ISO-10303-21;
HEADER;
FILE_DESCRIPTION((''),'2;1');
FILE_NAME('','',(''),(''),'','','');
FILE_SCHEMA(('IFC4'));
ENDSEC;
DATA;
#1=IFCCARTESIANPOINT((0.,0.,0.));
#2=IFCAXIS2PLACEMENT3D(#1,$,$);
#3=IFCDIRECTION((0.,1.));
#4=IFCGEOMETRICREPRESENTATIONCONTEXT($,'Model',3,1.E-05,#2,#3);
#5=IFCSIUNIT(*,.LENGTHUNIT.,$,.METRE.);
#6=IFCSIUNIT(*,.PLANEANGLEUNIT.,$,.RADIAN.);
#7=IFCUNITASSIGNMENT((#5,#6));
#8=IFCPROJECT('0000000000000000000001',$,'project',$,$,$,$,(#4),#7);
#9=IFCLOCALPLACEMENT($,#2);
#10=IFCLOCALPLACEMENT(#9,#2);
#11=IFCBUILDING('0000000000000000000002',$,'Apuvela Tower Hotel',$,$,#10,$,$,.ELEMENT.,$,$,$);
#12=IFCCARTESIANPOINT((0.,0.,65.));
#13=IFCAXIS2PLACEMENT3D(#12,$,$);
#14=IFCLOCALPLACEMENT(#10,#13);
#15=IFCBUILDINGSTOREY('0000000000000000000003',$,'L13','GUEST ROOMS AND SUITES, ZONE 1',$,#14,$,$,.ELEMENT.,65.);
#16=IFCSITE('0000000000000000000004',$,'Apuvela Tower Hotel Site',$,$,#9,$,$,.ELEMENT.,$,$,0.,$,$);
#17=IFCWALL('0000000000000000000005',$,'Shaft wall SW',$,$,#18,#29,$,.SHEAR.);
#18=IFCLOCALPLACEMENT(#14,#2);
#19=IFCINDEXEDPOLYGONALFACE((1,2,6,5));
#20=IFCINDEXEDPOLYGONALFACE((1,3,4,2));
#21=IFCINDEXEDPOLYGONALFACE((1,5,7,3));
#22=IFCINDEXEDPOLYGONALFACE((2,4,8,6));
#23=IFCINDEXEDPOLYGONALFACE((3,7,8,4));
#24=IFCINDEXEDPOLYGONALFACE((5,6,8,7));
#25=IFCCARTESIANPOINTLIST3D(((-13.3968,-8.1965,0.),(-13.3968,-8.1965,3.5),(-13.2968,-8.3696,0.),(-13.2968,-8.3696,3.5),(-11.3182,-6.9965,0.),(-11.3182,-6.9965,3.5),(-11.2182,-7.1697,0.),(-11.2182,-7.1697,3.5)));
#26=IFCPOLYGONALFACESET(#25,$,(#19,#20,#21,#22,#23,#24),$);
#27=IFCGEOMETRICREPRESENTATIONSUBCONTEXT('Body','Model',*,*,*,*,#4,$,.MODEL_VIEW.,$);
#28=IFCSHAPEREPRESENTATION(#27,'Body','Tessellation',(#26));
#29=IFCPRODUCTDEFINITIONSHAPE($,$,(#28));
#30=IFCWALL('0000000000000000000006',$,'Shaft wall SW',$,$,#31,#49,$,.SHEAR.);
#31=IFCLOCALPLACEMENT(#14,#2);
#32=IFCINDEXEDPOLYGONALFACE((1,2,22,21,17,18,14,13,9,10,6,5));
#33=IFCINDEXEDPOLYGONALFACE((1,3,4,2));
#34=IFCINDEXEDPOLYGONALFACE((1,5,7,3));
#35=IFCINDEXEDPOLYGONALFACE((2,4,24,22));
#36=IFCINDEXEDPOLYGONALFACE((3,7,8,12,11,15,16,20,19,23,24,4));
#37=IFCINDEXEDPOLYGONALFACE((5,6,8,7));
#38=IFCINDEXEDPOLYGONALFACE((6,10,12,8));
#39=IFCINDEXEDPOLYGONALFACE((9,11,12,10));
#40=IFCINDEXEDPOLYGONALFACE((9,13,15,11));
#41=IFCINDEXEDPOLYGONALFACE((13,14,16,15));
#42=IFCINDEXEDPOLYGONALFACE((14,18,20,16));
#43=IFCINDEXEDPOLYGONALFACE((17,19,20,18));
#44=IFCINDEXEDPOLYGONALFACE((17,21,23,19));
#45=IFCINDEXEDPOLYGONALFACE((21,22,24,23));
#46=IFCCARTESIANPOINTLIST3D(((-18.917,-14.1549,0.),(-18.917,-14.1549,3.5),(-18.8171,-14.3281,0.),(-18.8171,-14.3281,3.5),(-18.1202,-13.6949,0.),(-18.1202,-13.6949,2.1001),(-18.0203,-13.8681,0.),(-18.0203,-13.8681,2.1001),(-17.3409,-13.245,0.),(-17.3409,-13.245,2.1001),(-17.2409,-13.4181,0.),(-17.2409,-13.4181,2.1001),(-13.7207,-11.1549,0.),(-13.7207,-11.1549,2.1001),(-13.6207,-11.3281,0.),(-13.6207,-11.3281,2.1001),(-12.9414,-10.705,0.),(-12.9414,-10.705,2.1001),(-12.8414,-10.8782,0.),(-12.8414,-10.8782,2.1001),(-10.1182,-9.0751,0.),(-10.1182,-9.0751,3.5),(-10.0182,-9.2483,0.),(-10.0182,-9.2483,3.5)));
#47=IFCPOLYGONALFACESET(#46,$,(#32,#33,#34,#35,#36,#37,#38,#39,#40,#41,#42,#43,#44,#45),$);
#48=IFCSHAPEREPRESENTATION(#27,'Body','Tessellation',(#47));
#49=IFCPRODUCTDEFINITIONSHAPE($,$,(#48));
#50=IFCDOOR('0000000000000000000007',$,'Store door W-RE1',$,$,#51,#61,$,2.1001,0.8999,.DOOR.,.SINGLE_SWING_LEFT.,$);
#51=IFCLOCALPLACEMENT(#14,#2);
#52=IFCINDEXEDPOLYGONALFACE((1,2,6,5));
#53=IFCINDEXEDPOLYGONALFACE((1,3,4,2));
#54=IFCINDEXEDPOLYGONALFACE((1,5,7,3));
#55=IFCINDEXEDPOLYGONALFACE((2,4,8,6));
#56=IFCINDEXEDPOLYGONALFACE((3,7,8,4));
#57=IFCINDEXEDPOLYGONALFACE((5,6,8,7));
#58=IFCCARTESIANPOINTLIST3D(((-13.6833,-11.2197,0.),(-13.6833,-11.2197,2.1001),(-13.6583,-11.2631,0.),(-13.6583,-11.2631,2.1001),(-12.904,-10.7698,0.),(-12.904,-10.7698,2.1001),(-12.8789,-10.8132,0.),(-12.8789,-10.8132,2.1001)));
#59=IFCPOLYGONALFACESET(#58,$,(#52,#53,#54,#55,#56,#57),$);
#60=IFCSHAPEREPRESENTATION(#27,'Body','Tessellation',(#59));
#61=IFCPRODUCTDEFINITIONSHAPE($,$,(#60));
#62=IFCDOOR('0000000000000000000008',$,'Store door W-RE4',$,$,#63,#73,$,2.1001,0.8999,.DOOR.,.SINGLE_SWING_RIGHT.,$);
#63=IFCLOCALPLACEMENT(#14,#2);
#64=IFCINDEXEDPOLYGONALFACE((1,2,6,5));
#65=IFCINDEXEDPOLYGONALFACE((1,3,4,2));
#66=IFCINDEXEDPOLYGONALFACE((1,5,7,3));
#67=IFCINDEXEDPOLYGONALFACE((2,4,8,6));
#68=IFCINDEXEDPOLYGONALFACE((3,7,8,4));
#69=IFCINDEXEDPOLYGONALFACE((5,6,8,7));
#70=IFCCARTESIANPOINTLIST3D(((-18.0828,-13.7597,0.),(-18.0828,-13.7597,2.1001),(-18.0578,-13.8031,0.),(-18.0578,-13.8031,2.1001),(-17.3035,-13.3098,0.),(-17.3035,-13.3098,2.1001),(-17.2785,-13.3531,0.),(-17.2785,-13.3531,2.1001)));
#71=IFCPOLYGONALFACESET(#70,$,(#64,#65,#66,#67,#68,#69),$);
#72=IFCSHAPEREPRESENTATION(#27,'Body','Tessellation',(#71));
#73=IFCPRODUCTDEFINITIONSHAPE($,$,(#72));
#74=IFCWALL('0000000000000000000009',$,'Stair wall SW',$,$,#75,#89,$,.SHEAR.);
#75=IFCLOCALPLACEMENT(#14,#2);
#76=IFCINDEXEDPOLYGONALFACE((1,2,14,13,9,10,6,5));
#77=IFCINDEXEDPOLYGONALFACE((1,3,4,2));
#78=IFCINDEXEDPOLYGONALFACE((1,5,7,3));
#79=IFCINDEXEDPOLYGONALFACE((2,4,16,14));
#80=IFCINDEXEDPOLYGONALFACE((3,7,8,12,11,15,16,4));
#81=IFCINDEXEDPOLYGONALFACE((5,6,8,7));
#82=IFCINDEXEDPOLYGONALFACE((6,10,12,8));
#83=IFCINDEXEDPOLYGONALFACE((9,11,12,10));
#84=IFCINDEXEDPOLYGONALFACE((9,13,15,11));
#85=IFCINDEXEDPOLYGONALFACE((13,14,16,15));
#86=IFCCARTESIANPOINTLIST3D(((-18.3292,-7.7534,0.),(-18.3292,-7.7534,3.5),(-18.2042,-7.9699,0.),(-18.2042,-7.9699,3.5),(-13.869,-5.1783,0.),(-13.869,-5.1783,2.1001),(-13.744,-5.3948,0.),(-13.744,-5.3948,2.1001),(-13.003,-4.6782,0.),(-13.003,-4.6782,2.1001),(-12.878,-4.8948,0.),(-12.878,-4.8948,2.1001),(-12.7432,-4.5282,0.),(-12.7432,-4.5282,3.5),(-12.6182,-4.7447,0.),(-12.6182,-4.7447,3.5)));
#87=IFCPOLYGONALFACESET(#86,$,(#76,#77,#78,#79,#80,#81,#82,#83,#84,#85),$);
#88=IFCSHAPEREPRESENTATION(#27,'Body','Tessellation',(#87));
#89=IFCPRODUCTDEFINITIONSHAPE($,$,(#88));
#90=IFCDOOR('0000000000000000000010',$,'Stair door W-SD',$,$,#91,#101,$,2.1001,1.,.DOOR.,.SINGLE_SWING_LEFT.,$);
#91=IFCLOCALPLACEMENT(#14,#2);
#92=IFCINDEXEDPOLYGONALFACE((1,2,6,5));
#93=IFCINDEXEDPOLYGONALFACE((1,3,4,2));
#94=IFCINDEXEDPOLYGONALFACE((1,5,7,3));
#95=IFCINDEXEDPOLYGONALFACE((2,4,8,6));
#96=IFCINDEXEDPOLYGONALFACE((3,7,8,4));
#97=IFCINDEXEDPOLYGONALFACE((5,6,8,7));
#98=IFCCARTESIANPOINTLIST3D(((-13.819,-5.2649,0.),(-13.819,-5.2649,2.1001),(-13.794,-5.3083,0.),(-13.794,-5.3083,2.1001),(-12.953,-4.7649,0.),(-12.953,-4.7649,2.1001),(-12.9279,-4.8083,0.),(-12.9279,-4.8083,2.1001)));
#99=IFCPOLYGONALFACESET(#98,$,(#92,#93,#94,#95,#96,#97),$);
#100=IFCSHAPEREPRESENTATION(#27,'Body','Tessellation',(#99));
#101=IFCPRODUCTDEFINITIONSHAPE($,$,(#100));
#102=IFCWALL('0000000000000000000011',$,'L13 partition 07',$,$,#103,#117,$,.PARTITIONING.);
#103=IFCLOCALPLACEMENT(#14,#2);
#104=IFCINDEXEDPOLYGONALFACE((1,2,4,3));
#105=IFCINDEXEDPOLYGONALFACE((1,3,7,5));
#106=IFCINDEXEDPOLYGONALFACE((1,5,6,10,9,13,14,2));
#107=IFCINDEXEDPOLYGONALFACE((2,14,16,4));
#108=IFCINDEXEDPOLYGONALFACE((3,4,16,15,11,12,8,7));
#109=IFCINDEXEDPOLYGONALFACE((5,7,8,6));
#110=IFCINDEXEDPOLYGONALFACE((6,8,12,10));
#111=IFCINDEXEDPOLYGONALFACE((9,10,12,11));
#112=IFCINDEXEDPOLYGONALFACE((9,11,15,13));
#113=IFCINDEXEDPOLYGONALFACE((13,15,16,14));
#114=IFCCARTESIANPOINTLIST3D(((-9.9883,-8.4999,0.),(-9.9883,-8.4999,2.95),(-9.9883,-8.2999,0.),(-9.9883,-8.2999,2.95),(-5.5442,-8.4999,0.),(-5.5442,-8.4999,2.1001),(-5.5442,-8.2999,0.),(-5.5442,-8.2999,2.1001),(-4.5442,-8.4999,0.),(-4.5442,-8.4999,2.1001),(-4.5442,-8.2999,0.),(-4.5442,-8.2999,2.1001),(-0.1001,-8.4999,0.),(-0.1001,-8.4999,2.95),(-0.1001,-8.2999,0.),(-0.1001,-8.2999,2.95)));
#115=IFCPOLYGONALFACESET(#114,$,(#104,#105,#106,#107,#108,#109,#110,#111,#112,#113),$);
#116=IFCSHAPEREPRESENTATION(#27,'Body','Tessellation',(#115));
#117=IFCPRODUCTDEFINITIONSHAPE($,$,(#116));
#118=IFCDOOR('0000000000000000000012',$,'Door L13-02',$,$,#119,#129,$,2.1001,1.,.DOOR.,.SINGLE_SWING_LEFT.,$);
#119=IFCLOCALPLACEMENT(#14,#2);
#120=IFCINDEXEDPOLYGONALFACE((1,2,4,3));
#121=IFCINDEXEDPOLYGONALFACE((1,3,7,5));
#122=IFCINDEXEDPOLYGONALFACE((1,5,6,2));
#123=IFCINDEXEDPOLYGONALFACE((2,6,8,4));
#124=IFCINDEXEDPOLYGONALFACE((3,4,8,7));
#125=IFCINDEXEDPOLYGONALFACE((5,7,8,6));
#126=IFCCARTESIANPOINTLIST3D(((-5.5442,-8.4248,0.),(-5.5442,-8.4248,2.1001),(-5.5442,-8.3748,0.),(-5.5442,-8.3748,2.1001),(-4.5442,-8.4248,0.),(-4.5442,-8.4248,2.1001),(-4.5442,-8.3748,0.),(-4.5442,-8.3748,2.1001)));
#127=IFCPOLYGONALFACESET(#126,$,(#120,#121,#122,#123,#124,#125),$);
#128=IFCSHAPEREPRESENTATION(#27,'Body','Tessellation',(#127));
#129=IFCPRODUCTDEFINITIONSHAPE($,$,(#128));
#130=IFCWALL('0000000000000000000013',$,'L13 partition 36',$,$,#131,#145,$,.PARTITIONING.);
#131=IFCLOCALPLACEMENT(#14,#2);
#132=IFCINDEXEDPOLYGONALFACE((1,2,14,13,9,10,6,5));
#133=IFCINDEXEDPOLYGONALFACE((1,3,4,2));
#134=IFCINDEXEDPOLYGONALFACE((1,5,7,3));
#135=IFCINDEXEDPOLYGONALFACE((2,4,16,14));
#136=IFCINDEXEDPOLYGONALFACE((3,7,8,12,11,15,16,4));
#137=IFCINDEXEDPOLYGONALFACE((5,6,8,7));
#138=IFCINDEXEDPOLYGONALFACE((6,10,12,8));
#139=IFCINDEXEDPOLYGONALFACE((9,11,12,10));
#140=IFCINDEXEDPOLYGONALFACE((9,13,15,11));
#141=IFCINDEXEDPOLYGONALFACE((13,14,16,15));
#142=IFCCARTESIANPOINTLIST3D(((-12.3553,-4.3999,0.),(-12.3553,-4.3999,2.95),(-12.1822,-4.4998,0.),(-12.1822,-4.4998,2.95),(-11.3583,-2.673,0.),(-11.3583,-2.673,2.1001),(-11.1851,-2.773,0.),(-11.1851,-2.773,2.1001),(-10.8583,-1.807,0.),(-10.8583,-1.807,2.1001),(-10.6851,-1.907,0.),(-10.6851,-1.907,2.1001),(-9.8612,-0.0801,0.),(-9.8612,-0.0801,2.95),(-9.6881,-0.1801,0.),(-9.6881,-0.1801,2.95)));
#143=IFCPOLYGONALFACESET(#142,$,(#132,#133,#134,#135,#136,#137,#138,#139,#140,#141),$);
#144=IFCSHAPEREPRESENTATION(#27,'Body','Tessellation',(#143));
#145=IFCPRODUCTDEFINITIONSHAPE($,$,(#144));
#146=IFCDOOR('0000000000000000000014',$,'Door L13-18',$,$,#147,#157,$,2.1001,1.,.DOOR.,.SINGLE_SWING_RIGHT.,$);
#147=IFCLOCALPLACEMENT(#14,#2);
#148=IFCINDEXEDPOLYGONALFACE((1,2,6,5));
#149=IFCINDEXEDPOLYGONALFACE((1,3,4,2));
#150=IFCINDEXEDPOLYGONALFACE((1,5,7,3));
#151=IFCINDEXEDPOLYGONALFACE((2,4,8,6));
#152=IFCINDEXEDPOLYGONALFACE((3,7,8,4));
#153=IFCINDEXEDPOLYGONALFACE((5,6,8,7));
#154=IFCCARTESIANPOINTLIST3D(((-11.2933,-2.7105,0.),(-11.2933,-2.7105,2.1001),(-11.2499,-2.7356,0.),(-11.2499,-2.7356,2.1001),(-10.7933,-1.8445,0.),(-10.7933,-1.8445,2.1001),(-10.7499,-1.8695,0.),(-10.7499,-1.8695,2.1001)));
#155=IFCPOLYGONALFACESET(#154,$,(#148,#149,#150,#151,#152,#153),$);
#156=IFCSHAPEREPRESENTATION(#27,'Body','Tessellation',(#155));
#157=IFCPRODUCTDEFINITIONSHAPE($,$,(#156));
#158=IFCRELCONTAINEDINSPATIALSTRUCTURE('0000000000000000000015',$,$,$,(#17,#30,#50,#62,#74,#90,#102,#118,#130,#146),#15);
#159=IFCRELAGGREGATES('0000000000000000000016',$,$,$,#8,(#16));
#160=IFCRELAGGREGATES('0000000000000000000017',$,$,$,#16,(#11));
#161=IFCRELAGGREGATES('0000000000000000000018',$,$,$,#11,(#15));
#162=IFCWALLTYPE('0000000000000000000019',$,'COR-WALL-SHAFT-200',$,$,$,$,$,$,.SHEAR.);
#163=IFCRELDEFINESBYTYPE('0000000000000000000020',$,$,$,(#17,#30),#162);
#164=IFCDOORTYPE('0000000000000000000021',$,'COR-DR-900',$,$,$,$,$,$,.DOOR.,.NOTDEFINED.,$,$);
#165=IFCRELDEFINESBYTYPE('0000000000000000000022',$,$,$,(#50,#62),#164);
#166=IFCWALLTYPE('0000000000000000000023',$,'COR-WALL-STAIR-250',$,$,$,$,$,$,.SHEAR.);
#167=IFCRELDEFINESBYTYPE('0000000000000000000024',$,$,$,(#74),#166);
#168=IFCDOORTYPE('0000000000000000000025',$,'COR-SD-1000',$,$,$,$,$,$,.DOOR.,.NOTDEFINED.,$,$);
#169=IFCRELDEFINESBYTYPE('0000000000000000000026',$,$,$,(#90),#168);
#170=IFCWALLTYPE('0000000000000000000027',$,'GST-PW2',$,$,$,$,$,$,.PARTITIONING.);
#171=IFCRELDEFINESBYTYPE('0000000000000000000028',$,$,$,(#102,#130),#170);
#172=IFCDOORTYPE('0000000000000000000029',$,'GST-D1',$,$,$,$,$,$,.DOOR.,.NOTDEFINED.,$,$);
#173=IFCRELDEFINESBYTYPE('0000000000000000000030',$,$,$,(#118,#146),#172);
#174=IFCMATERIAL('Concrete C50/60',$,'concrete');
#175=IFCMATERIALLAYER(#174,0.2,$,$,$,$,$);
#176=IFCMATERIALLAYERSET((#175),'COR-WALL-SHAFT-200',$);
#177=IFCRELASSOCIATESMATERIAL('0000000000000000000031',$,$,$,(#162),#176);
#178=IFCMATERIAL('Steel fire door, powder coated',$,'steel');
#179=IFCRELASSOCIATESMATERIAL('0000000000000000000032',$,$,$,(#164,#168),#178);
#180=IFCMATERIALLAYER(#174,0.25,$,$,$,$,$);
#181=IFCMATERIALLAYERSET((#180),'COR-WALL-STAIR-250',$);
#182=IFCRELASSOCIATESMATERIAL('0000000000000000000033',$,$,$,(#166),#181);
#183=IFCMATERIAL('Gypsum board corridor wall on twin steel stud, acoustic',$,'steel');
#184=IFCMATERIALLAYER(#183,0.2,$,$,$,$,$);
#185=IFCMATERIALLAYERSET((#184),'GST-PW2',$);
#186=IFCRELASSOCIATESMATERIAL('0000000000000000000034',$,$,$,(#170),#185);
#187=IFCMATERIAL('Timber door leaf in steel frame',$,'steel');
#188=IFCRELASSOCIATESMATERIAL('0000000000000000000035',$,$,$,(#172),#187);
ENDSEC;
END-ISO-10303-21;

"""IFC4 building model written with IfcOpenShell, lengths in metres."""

from ifc_helpers import new_model, si_unit, direction, frame, frame_2d, origin, place, context, subcontext, project, spatial, rectangle, extrude, material, layer, layer_set, type_object, element, fill, save


model = new_model("IFC4")

# Units and contexts
model_context = context("Model", 3, precision=1e-05, world=origin(), true_north=direction((0.0, 1.0)))
body_context = subcontext(model_context, "Body", "Model", "MODEL_VIEW")
ifc_project = project(units=[si_unit("LENGTHUNIT", "METRE"), si_unit("PLANEANGLEUNIT", "RADIAN")], contexts=[model_context])

# Site, building, storey
site_placement = place(None, origin())
site = spatial("IfcSite", under=ifc_project, at=site_placement, Name="Apuvela Tower Hotel Site", CompositionType="ELEMENT", RefElevation=0.0)
building_placement = place(site_placement, origin())
building = spatial("IfcBuilding", under=site, at=building_placement, Name="Apuvela Tower Hotel", CompositionType="ELEMENT")
storey_placement = place(building_placement, frame((0.0, 0.0, 65.0)))
storey = spatial("IfcBuildingStorey", under=building, at=storey_placement, Name="L13", Description="GUEST ROOMS AND SUITES, ZONE 1", CompositionType="ELEMENT", Elevation=65.0)

# Shared definitions
ifc_material_1 = material(Name="Concrete C50/60", Category="concrete")
ifc_material_2 = material(Name="Steel fire door, powder coated", Category="steel")

# Shared definitions
ifc_layer_1 = layer(ifc_material_1, 0.2)
ifc_layer_set_1 = layer_set([ifc_layer_1], Name="COR-WALL-SHAFT-200")
wall_type_1 = type_object("IfcWallType", Name="COR-WALL-SHAFT-200", PredefinedType="SHEAR", material=ifc_layer_set_1)

# Wall
wall_1_placement = place(storey_placement, frame((-11.2681, -7.083, 0.0), z_axis=(0.0, 0.0, 1.0), x_axis=(-0.86605, -0.499957, 0.0)))
element("IfcWall", 1, at=wall_1_placement, inside=storey, type_object=wall_type_1, Name="Shaft wall SW", PredefinedType="SHEAR", context=body_context, shape_type="SweptSolid", body=[
    extrude(rectangle(XDim=2.4001, YDim=0.2, at=frame_2d((1.2002, 0.0))), origin(), (0.0, 0.0, 1.0), 3.5),
])

# Wall, openings, doors
wall_2_placement = place(storey_placement, frame((-10.0681, -9.1616, 0.0), z_axis=(0.0, 0.0, 1.0), x_axis=(-0.866033, -0.499987, 0.0)))
wall_2 = element("IfcWall", 2, at=wall_2_placement, inside=storey, type_object=wall_type_1, Name="Shaft wall SW", PredefinedType="SHEAR", context=body_context, shape_type="SweptSolid", body=[
    extrude(rectangle(XDim=10.1599, YDim=0.2, at=frame_2d((5.0801, 0.0))), origin(), (0.0, 0.0, 1.0), 3.5),
])
opening_1_placement = place(wall_2_placement, frame((3.26, 0.0, 0.0)))
opening_1 = element("IfcOpeningElement", 3, at=opening_1_placement, cuts=wall_2, PredefinedType="OPENING", context=body_context, shape_type="SweptSolid", body=[
    extrude(rectangle(XDim=0.8999, YDim=2.1001, at=frame_2d((0.45, 1.05))), frame((0.0, 0.1099, 0.0), z_axis=(0.0, -1.0, 0.0), x_axis=(1.0, 0.0, 0.0)), (0.0, 0.0, 1.0), 0.22),
])
opening_2_placement = place(wall_2_placement, frame((8.3401, 0.0, 0.0)))
opening_2 = element("IfcOpeningElement", 4, at=opening_2_placement, cuts=wall_2, PredefinedType="OPENING", context=body_context, shape_type="SweptSolid", body=[
    extrude(rectangle(XDim=0.8999, YDim=2.1001, at=frame_2d((0.45, 1.05))), frame((0.0, 0.1099, 0.0), z_axis=(0.0, -1.0, 0.0), x_axis=(1.0, 0.0, 0.0)), (0.0, 0.0, 1.0), 0.22),
])
door_type_1 = type_object("IfcDoorType", Name="COR-DR-900", OperationType="NOTDEFINED", PredefinedType="DOOR", material=ifc_material_2)
door_1_placement = place(opening_1_placement, origin())
door_1 = element("IfcDoor", 5, at=door_1_placement, inside=storey, type_object=door_type_1, Name="Store door W-RE1", OperationType="SINGLE_SWING_LEFT", OverallHeight=2.1001, OverallWidth=0.8999, PredefinedType="DOOR", context=body_context, shape_type="SweptSolid", body=[
    extrude(rectangle(XDim=0.8999, YDim=2.1001, at=frame_2d((0.45, 1.05))), frame((0.0, 0.0249, 0.0), z_axis=(0.0, -1.0, 0.0), x_axis=(1.0, 0.0, 0.0)), (0.0, 0.0, 1.0), 0.05),
])
fill(opening_1, door_1)
door_2_placement = place(opening_2_placement, origin())
door_2 = element("IfcDoor", 6, at=door_2_placement, inside=storey, type_object=door_type_1, Name="Store door W-RE4", OperationType="SINGLE_SWING_RIGHT", OverallHeight=2.1001, OverallWidth=0.8999, PredefinedType="DOOR", context=body_context, shape_type="SweptSolid", body=[
    extrude(rectangle(XDim=0.8999, YDim=2.1001, at=frame_2d((0.45, 1.05))), frame((0.0, 0.0249, 0.0), z_axis=(0.0, -1.0, 0.0), x_axis=(1.0, 0.0, 0.0)), (0.0, 0.0, 1.0), 0.05),
])
fill(opening_2, door_2)

# Walls, openings, doors
ifc_layer_2 = layer(ifc_material_1, 0.25)
ifc_layer_set_2 = layer_set([ifc_layer_2], Name="COR-WALL-STAIR-250")
wall_type_2 = type_object("IfcWallType", Name="COR-WALL-STAIR-250", PredefinedType="SHEAR", material=ifc_layer_set_2)
wall_3_placement = place(storey_placement, frame((-12.6807, -4.6365, 0.0), z_axis=(0.0, 0.0, 1.0), x_axis=(-0.866022, -0.500006, 0.0)))
wall_3 = element("IfcWall", 7, at=wall_3_placement, inside=storey, type_object=wall_type_2, Name="Stair wall SW", PredefinedType="SHEAR", context=body_context, shape_type="SweptSolid", body=[
    extrude(rectangle(XDim=6.4502, YDim=0.25, at=frame_2d((3.2251, 0.0))), origin(), (0.0, 0.0, 1.0), 3.5),
])
opening_3_placement = place(wall_3_placement, frame((0.3, 0.0, 0.0)))
opening_3 = element("IfcOpeningElement", 8, at=opening_3_placement, cuts=wall_3, PredefinedType="OPENING", context=body_context, shape_type="SweptSolid", body=[
    extrude(rectangle(XDim=1.0, YDim=2.1001, at=frame_2d((0.5, 1.05))), frame((0.0, 0.135, 0.0), z_axis=(0.0, -1.0, 0.0), x_axis=(1.0, 0.0, 0.0)), (0.0, 0.0, 1.0), 0.27),
])
door_type_2 = type_object("IfcDoorType", Name="COR-SD-1000", OperationType="NOTDEFINED", PredefinedType="DOOR", material=ifc_material_2)
door_3_placement = place(opening_3_placement, frame((1.0, 0.0, 0.0), z_axis=(0.0, 0.0, 1.0), x_axis=(-1.0, 0.0, 0.0)))
door_3 = element("IfcDoor", 9, at=door_3_placement, inside=storey, type_object=door_type_2, Name="Stair door W-SD", OperationType="SINGLE_SWING_LEFT", OverallHeight=2.1001, OverallWidth=1.0, PredefinedType="DOOR", context=body_context, shape_type="SweptSolid", body=[
    extrude(rectangle(XDim=1.0, YDim=2.1001, at=frame_2d((0.5, 1.05))), frame((0.0, 0.0249, 0.0), z_axis=(0.0, -1.0, 0.0), x_axis=(1.0, 0.0, 0.0)), (0.0, 0.0, 1.0), 0.05),
])
fill(opening_3, door_3)
ifc_material_3 = material(Name="Gypsum board corridor wall on twin steel stud, acoustic", Category="steel")
ifc_layer_3 = layer(ifc_material_3, 0.2)
ifc_layer_set_3 = layer_set([ifc_layer_3], Name="GST-PW2")
wall_type_3 = type_object("IfcWallType", Name="GST-PW2", PredefinedType="PARTITIONING", material=ifc_layer_set_3)
wall_4_placement = place(storey_placement, frame((-0.1001, -8.3999, 0.0), z_axis=(0.0, 0.0, 1.0), x_axis=(-1.0, 0.0, 0.0)))
wall_4 = element("IfcWall", 10, at=wall_4_placement, inside=storey, type_object=wall_type_3, Name="L13 partition 07", PredefinedType="PARTITIONING", context=body_context, shape_type="SweptSolid", body=[
    extrude(rectangle(XDim=9.8882, YDim=0.2, at=frame_2d((4.9441, 0.0))), origin(), (0.0, 0.0, 1.0), 2.95),
])
opening_4_placement = place(wall_4_placement, frame((4.4441, 0.0, 0.0)))
opening_4 = element("IfcOpeningElement", 11, at=opening_4_placement, cuts=wall_4, PredefinedType="OPENING", context=body_context, shape_type="SweptSolid", body=[
    extrude(rectangle(XDim=1.0, YDim=2.1001, at=frame_2d((0.5, 1.05))), frame((0.0, 0.1099, 0.0), z_axis=(0.0, -1.0, 0.0), x_axis=(1.0, 0.0, 0.0)), (0.0, 0.0, 1.0), 0.22),
])
ifc_material_4 = material(Name="Timber door leaf in steel frame", Category="steel")
door_type_3 = type_object("IfcDoorType", Name="GST-D1", OperationType="NOTDEFINED", PredefinedType="DOOR", material=ifc_material_4)
door_4_placement = place(opening_4_placement, origin())
door_4 = element("IfcDoor", 12, at=door_4_placement, inside=storey, type_object=door_type_3, Name="Door L13-02", OperationType="SINGLE_SWING_LEFT", OverallHeight=2.1001, OverallWidth=1.0, PredefinedType="DOOR", context=body_context, shape_type="SweptSolid", body=[
    extrude(rectangle(XDim=1.0, YDim=2.1001, at=frame_2d((0.5, 1.05))), frame((0.0, 0.0249, 0.0), z_axis=(0.0, -1.0, 0.0), x_axis=(1.0, 0.0, 0.0)), (0.0, 0.0, 1.0), 0.05),
])
fill(opening_4, door_4)
wall_5_placement = place(storey_placement, frame((-12.2688, -4.45, 0.0), z_axis=(0.0, 0.0, 1.0), x_axis=(0.500013, 0.866018, 0.0)))
wall_5 = element("IfcWall", 13, at=wall_5_placement, inside=storey, type_object=wall_type_3, Name="L13 partition 36", PredefinedType="PARTITIONING", context=body_context, shape_type="SweptSolid", body=[
    extrude(rectangle(XDim=4.988, YDim=0.2, at=frame_2d((2.4941, 0.0))), origin(), (0.0, 0.0, 1.0), 2.95),
])
opening_5_placement = place(wall_5_placement, frame((1.9941, 0.0, 0.0)))
opening_5 = element("IfcOpeningElement", 14, at=opening_5_placement, cuts=wall_5, PredefinedType="OPENING", context=body_context, shape_type="SweptSolid", body=[
    extrude(rectangle(XDim=1.0, YDim=2.1001, at=frame_2d((0.5, 1.05))), frame((0.0, 0.1099, 0.0), z_axis=(0.0, -1.0, 0.0), x_axis=(1.0, 0.0, 0.0)), (0.0, 0.0, 1.0), 0.22),
])
door_5_placement = place(opening_5_placement, origin())
door_5 = element("IfcDoor", 15, at=door_5_placement, inside=storey, type_object=door_type_3, Name="Door L13-18", OperationType="SINGLE_SWING_RIGHT", OverallHeight=2.1001, OverallWidth=1.0, PredefinedType="DOOR", context=body_context, shape_type="SweptSolid", body=[
    extrude(rectangle(XDim=1.0, YDim=2.1001, at=frame_2d((0.5, 1.05))), frame((0.0, 0.0249, 0.0), z_axis=(0.0, -1.0, 0.0), x_axis=(1.0, 0.0, 0.0)), (0.0, 0.0, 1.0), 0.05),
])
fill(opening_5, door_5)

save(model, "model.ifc")
